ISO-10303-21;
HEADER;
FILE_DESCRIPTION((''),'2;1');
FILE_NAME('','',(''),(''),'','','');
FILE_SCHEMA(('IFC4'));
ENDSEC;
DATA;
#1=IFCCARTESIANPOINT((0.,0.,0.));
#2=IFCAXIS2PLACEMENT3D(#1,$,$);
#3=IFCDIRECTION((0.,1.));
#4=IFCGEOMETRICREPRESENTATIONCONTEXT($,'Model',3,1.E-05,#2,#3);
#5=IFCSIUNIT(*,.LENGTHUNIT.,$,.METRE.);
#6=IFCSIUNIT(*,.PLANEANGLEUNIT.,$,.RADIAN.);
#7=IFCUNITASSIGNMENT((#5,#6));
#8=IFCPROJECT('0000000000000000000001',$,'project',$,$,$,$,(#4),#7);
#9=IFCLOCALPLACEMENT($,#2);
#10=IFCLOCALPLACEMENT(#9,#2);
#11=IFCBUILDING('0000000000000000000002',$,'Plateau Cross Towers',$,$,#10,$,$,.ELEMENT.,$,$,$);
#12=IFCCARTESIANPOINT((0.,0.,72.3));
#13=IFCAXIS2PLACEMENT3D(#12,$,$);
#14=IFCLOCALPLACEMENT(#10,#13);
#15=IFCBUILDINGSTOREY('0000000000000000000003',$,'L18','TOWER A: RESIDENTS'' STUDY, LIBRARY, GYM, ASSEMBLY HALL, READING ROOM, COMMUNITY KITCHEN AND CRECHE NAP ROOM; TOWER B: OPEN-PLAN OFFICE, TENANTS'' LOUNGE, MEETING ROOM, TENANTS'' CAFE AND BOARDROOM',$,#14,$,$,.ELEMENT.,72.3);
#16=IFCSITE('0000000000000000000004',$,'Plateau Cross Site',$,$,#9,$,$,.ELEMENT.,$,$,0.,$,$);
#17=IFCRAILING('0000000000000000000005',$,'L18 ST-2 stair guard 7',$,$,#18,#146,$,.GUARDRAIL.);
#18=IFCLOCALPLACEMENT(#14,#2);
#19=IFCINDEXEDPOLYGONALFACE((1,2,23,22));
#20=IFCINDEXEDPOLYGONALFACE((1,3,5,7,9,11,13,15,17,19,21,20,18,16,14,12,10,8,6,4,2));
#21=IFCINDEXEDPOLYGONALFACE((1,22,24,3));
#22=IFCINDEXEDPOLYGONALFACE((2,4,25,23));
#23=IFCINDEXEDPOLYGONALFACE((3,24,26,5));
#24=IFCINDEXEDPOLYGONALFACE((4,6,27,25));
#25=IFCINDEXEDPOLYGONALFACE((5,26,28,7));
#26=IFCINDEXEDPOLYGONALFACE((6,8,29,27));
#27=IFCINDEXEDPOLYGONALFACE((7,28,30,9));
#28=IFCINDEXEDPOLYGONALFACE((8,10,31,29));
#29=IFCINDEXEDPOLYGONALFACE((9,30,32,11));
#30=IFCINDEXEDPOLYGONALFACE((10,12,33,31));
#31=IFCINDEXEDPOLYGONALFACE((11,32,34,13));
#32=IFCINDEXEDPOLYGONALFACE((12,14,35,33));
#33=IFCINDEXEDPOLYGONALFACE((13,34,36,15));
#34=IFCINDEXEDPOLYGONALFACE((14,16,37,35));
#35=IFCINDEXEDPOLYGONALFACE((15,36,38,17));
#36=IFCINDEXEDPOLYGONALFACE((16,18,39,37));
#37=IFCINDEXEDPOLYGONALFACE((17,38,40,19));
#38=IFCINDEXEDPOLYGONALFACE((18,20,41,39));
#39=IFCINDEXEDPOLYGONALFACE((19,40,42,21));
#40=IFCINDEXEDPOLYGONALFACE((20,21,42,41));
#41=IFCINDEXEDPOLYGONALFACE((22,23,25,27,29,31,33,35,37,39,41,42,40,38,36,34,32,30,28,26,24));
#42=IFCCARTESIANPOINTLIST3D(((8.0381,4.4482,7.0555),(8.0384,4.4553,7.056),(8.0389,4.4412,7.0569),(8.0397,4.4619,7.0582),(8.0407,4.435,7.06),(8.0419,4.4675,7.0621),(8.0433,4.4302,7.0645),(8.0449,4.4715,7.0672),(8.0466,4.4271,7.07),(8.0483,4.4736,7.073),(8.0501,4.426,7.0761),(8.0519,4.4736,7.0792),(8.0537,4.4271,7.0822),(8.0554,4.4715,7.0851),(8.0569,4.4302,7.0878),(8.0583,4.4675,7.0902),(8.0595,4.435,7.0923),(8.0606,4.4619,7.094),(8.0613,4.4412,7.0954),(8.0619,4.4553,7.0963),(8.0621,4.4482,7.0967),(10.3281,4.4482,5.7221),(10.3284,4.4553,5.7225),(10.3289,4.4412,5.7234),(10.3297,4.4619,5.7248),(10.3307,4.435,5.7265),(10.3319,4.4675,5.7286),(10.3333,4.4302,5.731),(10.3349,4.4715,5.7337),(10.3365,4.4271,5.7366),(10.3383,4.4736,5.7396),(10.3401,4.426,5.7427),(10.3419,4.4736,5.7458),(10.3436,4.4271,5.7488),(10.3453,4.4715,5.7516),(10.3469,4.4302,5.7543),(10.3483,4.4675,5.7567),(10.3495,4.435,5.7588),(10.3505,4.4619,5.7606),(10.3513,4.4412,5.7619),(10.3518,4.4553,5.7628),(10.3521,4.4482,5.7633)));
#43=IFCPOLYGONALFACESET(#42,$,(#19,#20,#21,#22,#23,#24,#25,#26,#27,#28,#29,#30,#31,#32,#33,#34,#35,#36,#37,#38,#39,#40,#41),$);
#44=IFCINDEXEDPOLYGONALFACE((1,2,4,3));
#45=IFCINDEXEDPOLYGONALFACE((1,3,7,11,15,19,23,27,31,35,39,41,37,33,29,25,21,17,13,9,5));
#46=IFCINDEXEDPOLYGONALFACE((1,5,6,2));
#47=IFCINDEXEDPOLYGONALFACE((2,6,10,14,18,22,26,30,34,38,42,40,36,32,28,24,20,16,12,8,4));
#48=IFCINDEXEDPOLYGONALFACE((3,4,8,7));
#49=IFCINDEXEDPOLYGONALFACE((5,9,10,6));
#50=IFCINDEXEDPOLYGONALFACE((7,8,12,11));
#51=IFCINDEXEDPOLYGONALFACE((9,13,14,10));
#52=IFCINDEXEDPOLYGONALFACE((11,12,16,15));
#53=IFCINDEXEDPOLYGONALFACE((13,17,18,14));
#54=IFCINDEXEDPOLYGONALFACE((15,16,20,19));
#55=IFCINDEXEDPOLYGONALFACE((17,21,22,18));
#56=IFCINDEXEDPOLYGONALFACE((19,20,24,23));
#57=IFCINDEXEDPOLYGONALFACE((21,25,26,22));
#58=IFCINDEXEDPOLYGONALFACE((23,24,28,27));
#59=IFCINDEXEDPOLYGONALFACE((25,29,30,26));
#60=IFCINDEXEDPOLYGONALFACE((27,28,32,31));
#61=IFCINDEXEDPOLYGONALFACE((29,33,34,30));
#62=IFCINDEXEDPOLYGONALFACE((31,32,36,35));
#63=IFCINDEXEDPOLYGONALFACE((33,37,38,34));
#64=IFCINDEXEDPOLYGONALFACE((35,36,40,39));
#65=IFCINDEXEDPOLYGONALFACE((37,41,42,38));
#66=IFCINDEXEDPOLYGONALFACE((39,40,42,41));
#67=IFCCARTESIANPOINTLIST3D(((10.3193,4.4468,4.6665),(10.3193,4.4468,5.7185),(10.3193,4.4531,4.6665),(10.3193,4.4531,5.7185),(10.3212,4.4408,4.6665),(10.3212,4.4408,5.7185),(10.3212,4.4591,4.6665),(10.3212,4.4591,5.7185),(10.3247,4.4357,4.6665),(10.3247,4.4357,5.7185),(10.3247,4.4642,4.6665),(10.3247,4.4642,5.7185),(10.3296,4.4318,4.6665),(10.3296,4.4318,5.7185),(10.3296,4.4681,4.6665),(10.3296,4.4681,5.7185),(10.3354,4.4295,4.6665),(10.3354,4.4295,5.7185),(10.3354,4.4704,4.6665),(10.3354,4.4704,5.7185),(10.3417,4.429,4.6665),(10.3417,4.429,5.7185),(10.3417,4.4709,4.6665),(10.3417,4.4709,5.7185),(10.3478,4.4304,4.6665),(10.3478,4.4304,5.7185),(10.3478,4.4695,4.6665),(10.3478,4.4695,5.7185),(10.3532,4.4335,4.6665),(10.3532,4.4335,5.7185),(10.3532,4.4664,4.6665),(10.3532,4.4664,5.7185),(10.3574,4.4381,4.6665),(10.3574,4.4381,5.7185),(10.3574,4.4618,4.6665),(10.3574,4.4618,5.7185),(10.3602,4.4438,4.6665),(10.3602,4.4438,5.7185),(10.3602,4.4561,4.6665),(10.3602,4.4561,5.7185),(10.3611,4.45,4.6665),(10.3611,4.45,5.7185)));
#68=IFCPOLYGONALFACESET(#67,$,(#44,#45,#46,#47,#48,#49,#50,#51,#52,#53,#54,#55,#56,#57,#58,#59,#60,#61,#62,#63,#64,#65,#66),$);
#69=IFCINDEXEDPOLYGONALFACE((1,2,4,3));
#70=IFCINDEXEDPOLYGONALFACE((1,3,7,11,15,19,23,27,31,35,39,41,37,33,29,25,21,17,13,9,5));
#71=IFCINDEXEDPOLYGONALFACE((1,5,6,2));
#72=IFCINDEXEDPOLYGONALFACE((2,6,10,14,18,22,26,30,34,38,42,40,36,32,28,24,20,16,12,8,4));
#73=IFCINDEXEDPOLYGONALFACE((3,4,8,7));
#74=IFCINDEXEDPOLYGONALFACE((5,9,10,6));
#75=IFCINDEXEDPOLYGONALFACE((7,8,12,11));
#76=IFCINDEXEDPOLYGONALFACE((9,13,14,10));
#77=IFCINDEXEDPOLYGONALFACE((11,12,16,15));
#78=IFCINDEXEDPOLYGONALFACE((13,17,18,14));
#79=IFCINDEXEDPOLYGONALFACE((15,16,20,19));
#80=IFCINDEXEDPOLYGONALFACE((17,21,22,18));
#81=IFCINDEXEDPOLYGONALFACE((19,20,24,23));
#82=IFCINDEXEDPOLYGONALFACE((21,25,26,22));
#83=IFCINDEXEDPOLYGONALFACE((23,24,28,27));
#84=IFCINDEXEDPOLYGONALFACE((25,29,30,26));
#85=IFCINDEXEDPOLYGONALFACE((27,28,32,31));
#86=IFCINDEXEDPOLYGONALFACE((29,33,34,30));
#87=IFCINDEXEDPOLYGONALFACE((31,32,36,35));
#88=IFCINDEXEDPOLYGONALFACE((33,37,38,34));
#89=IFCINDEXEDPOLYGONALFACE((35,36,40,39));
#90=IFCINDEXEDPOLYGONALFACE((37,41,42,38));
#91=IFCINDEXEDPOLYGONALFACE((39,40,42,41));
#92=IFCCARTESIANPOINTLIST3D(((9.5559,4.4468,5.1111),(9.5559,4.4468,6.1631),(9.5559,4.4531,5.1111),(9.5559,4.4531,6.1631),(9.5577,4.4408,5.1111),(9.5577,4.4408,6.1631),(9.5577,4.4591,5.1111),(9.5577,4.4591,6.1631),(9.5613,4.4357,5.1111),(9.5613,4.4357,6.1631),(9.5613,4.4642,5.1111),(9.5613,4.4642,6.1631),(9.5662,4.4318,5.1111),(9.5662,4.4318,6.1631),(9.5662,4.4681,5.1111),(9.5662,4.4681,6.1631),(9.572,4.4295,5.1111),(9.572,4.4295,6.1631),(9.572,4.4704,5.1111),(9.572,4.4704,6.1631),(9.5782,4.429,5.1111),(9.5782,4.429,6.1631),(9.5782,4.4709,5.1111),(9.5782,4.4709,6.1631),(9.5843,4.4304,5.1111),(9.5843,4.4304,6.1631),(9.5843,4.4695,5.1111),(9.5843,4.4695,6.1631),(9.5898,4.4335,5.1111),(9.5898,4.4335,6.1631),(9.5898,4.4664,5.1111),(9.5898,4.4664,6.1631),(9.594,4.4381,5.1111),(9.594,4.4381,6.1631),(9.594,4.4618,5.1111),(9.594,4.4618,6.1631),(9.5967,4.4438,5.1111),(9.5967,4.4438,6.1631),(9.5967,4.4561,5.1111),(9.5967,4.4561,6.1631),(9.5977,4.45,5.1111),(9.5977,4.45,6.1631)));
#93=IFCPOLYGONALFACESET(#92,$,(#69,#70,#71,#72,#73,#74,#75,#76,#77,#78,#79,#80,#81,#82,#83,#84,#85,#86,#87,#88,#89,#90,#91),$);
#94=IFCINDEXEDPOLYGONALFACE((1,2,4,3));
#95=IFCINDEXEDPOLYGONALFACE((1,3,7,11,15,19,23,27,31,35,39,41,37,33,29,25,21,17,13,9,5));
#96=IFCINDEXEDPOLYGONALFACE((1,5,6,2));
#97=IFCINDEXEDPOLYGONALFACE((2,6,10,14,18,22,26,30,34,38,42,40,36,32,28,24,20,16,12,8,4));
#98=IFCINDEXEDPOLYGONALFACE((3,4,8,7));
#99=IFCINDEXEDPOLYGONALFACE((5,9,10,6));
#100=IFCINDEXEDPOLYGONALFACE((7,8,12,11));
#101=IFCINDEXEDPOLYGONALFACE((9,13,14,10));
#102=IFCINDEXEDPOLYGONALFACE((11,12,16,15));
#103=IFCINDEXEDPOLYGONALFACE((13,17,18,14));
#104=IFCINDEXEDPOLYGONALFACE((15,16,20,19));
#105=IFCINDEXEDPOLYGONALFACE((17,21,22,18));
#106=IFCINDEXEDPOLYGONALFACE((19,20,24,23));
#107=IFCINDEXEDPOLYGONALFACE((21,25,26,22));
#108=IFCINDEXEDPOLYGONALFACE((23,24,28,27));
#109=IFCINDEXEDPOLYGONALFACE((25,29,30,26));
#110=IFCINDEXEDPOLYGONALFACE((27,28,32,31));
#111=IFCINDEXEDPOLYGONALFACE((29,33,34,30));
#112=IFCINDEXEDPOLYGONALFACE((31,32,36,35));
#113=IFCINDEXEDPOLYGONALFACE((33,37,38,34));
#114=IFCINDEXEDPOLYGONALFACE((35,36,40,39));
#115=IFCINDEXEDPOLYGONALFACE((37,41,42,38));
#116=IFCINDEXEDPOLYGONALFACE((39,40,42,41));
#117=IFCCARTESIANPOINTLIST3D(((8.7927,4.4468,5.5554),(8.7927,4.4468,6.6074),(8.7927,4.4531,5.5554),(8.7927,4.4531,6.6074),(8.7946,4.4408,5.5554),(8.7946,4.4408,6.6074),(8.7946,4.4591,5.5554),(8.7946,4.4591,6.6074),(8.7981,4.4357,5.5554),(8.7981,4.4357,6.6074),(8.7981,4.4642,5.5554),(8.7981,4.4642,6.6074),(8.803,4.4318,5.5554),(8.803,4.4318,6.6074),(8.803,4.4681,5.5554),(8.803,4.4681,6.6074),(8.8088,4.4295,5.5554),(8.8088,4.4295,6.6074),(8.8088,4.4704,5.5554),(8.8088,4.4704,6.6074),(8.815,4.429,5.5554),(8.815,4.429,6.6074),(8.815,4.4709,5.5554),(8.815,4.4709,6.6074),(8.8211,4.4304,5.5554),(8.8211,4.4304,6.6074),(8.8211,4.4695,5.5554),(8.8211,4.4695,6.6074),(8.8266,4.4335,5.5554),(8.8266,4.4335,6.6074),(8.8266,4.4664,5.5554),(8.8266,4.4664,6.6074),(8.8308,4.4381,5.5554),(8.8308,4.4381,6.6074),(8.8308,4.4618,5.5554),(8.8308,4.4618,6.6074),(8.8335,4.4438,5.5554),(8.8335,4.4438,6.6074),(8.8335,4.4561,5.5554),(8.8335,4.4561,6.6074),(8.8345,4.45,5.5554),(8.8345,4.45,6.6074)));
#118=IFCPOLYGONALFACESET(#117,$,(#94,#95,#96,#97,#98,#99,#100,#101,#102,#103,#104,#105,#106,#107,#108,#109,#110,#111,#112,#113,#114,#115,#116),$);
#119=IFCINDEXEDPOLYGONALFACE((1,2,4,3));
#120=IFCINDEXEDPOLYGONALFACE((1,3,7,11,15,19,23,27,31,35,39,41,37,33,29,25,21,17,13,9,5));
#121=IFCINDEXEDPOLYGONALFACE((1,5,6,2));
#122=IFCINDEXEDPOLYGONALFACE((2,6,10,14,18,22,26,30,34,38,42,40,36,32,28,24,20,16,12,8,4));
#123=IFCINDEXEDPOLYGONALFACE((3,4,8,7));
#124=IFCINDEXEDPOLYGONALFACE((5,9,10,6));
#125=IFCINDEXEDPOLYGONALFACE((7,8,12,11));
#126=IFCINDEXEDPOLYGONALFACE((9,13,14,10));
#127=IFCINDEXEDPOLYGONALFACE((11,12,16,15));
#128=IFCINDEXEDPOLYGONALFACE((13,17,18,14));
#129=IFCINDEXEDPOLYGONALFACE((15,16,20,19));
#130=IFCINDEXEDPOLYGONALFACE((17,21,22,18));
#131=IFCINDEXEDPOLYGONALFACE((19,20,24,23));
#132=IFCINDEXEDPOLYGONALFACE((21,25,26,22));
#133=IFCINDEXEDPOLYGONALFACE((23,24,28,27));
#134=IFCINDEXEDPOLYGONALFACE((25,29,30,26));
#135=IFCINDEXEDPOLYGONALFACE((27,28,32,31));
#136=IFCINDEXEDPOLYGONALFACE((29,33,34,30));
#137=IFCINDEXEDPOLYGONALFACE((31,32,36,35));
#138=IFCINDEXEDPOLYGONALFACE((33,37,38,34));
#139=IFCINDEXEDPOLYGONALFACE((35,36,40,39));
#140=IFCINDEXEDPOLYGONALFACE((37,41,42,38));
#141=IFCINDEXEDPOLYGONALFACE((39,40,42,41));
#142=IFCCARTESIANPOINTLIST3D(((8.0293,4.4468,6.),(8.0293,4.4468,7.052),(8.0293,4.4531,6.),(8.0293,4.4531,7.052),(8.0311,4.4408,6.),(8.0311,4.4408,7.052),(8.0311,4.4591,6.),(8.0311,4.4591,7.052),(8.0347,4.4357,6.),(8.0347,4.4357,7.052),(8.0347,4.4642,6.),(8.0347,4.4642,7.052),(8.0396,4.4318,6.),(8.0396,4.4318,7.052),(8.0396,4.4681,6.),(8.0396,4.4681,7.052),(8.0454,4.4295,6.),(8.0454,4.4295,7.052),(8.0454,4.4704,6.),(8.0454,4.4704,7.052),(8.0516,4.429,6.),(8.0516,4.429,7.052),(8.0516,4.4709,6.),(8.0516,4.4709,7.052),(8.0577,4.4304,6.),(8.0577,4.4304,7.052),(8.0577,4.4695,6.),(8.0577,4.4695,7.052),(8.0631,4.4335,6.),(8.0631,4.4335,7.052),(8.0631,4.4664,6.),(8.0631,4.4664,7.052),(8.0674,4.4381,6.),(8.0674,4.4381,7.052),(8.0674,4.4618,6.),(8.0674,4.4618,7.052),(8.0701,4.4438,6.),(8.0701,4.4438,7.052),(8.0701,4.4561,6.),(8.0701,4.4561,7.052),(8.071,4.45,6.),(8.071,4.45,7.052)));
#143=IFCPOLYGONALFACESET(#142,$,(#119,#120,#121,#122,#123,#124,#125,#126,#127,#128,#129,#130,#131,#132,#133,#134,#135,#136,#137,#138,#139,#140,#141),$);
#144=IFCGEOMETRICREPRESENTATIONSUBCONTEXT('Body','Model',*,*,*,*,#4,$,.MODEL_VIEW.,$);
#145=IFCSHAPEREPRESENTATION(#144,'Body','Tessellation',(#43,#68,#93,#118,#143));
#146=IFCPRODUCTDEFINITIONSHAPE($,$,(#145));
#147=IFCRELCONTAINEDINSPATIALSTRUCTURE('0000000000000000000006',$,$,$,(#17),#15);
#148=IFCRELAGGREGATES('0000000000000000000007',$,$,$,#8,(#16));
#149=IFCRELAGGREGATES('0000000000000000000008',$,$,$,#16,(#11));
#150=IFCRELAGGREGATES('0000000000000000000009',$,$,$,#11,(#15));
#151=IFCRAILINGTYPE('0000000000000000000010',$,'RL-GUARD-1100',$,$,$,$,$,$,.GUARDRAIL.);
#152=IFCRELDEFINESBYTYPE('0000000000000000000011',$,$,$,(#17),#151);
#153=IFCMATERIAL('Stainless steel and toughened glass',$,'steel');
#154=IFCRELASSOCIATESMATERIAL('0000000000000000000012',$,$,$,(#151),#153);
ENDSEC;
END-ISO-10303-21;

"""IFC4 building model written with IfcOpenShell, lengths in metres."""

from ifc_helpers import new_model, si_unit, direction, frame, origin, origin_2d, place, context, subcontext, project, spatial, circle, extrude, material, type_object, element, save


model = new_model("IFC4")

# Units and contexts
model_context = context("Model", 3, precision=1e-05, world=origin(), true_north=direction((0.0, 1.0)))
body_context = subcontext(model_context, "Body", "Model", "MODEL_VIEW")
ifc_project = project(units=[si_unit("LENGTHUNIT", "METRE"), si_unit("PLANEANGLEUNIT", "RADIAN")], contexts=[model_context])

# Site, building, storey
site_placement = place(None, origin())
site = spatial("IfcSite", under=ifc_project, at=site_placement, Name="Plateau Cross Site", CompositionType="ELEMENT", RefElevation=0.0)
building_placement = place(site_placement, origin())
building = spatial("IfcBuilding", under=site, at=building_placement, Name="Plateau Cross Towers", CompositionType="ELEMENT")
storey_placement = place(building_placement, frame((0.0, 0.0, 72.3)))
storey = spatial("IfcBuildingStorey", under=building, at=storey_placement, Name="L18", Description="TOWER A: RESIDENTS' STUDY, LIBRARY, GYM, ASSEMBLY HALL, READING ROOM, COMMUNITY KITCHEN AND CRECHE NAP ROOM; TOWER B: OPEN-PLAN OFFICE, TENANTS' LOUNGE, MEETING ROOM, TENANTS' CAFE AND BOARDROOM", CompositionType="ELEMENT", Elevation=72.3)

# Railing
ifc_material_1 = material(Name="Stainless steel and toughened glass", Category="steel")
railing_type_1 = type_object("IfcRailingType", Name="RL-GUARD-1100", PredefinedType="GUARDRAIL", material=ifc_material_1)
railing_1_placement = place(storey_placement, frame((10.3401, 4.45, 4.6665)))
element("IfcRailing", 1, at=railing_1_placement, inside=storey, type_object=railing_type_1, Name="L18 ST-2 stair guard 7", PredefinedType="GUARDRAIL", context=body_context, shape_type="SweptSolid", body=[
    extrude(circle(Radius=0.0239, at=origin_2d()), frame((0.0, 0.0, 1.0762), z_axis=(-0.864166, 0.0, 0.503206), x_axis=(0.0, -1.0, 0.0)), (0.0, 0.0, 1.0), 2.6499),
    extrude(circle(Radius=0.021, at=origin_2d()), origin(), (0.0, 0.0, 1.0), 1.052),
    extrude(circle(Radius=0.021, at=origin_2d()), frame((-0.7634, 0.0, 0.4446)), (0.0, 0.0, 1.0), 1.052),
    extrude(circle(Radius=0.021, at=origin_2d()), frame((-1.5266, 0.0, 0.8889)), (0.0, 0.0, 1.0), 1.052),
    extrude(circle(Radius=0.021, at=origin_2d()), frame((-2.29, 0.0, 1.3335)), (0.0, 0.0, 1.0), 1.052),
])

save(model, "model.ifc")
